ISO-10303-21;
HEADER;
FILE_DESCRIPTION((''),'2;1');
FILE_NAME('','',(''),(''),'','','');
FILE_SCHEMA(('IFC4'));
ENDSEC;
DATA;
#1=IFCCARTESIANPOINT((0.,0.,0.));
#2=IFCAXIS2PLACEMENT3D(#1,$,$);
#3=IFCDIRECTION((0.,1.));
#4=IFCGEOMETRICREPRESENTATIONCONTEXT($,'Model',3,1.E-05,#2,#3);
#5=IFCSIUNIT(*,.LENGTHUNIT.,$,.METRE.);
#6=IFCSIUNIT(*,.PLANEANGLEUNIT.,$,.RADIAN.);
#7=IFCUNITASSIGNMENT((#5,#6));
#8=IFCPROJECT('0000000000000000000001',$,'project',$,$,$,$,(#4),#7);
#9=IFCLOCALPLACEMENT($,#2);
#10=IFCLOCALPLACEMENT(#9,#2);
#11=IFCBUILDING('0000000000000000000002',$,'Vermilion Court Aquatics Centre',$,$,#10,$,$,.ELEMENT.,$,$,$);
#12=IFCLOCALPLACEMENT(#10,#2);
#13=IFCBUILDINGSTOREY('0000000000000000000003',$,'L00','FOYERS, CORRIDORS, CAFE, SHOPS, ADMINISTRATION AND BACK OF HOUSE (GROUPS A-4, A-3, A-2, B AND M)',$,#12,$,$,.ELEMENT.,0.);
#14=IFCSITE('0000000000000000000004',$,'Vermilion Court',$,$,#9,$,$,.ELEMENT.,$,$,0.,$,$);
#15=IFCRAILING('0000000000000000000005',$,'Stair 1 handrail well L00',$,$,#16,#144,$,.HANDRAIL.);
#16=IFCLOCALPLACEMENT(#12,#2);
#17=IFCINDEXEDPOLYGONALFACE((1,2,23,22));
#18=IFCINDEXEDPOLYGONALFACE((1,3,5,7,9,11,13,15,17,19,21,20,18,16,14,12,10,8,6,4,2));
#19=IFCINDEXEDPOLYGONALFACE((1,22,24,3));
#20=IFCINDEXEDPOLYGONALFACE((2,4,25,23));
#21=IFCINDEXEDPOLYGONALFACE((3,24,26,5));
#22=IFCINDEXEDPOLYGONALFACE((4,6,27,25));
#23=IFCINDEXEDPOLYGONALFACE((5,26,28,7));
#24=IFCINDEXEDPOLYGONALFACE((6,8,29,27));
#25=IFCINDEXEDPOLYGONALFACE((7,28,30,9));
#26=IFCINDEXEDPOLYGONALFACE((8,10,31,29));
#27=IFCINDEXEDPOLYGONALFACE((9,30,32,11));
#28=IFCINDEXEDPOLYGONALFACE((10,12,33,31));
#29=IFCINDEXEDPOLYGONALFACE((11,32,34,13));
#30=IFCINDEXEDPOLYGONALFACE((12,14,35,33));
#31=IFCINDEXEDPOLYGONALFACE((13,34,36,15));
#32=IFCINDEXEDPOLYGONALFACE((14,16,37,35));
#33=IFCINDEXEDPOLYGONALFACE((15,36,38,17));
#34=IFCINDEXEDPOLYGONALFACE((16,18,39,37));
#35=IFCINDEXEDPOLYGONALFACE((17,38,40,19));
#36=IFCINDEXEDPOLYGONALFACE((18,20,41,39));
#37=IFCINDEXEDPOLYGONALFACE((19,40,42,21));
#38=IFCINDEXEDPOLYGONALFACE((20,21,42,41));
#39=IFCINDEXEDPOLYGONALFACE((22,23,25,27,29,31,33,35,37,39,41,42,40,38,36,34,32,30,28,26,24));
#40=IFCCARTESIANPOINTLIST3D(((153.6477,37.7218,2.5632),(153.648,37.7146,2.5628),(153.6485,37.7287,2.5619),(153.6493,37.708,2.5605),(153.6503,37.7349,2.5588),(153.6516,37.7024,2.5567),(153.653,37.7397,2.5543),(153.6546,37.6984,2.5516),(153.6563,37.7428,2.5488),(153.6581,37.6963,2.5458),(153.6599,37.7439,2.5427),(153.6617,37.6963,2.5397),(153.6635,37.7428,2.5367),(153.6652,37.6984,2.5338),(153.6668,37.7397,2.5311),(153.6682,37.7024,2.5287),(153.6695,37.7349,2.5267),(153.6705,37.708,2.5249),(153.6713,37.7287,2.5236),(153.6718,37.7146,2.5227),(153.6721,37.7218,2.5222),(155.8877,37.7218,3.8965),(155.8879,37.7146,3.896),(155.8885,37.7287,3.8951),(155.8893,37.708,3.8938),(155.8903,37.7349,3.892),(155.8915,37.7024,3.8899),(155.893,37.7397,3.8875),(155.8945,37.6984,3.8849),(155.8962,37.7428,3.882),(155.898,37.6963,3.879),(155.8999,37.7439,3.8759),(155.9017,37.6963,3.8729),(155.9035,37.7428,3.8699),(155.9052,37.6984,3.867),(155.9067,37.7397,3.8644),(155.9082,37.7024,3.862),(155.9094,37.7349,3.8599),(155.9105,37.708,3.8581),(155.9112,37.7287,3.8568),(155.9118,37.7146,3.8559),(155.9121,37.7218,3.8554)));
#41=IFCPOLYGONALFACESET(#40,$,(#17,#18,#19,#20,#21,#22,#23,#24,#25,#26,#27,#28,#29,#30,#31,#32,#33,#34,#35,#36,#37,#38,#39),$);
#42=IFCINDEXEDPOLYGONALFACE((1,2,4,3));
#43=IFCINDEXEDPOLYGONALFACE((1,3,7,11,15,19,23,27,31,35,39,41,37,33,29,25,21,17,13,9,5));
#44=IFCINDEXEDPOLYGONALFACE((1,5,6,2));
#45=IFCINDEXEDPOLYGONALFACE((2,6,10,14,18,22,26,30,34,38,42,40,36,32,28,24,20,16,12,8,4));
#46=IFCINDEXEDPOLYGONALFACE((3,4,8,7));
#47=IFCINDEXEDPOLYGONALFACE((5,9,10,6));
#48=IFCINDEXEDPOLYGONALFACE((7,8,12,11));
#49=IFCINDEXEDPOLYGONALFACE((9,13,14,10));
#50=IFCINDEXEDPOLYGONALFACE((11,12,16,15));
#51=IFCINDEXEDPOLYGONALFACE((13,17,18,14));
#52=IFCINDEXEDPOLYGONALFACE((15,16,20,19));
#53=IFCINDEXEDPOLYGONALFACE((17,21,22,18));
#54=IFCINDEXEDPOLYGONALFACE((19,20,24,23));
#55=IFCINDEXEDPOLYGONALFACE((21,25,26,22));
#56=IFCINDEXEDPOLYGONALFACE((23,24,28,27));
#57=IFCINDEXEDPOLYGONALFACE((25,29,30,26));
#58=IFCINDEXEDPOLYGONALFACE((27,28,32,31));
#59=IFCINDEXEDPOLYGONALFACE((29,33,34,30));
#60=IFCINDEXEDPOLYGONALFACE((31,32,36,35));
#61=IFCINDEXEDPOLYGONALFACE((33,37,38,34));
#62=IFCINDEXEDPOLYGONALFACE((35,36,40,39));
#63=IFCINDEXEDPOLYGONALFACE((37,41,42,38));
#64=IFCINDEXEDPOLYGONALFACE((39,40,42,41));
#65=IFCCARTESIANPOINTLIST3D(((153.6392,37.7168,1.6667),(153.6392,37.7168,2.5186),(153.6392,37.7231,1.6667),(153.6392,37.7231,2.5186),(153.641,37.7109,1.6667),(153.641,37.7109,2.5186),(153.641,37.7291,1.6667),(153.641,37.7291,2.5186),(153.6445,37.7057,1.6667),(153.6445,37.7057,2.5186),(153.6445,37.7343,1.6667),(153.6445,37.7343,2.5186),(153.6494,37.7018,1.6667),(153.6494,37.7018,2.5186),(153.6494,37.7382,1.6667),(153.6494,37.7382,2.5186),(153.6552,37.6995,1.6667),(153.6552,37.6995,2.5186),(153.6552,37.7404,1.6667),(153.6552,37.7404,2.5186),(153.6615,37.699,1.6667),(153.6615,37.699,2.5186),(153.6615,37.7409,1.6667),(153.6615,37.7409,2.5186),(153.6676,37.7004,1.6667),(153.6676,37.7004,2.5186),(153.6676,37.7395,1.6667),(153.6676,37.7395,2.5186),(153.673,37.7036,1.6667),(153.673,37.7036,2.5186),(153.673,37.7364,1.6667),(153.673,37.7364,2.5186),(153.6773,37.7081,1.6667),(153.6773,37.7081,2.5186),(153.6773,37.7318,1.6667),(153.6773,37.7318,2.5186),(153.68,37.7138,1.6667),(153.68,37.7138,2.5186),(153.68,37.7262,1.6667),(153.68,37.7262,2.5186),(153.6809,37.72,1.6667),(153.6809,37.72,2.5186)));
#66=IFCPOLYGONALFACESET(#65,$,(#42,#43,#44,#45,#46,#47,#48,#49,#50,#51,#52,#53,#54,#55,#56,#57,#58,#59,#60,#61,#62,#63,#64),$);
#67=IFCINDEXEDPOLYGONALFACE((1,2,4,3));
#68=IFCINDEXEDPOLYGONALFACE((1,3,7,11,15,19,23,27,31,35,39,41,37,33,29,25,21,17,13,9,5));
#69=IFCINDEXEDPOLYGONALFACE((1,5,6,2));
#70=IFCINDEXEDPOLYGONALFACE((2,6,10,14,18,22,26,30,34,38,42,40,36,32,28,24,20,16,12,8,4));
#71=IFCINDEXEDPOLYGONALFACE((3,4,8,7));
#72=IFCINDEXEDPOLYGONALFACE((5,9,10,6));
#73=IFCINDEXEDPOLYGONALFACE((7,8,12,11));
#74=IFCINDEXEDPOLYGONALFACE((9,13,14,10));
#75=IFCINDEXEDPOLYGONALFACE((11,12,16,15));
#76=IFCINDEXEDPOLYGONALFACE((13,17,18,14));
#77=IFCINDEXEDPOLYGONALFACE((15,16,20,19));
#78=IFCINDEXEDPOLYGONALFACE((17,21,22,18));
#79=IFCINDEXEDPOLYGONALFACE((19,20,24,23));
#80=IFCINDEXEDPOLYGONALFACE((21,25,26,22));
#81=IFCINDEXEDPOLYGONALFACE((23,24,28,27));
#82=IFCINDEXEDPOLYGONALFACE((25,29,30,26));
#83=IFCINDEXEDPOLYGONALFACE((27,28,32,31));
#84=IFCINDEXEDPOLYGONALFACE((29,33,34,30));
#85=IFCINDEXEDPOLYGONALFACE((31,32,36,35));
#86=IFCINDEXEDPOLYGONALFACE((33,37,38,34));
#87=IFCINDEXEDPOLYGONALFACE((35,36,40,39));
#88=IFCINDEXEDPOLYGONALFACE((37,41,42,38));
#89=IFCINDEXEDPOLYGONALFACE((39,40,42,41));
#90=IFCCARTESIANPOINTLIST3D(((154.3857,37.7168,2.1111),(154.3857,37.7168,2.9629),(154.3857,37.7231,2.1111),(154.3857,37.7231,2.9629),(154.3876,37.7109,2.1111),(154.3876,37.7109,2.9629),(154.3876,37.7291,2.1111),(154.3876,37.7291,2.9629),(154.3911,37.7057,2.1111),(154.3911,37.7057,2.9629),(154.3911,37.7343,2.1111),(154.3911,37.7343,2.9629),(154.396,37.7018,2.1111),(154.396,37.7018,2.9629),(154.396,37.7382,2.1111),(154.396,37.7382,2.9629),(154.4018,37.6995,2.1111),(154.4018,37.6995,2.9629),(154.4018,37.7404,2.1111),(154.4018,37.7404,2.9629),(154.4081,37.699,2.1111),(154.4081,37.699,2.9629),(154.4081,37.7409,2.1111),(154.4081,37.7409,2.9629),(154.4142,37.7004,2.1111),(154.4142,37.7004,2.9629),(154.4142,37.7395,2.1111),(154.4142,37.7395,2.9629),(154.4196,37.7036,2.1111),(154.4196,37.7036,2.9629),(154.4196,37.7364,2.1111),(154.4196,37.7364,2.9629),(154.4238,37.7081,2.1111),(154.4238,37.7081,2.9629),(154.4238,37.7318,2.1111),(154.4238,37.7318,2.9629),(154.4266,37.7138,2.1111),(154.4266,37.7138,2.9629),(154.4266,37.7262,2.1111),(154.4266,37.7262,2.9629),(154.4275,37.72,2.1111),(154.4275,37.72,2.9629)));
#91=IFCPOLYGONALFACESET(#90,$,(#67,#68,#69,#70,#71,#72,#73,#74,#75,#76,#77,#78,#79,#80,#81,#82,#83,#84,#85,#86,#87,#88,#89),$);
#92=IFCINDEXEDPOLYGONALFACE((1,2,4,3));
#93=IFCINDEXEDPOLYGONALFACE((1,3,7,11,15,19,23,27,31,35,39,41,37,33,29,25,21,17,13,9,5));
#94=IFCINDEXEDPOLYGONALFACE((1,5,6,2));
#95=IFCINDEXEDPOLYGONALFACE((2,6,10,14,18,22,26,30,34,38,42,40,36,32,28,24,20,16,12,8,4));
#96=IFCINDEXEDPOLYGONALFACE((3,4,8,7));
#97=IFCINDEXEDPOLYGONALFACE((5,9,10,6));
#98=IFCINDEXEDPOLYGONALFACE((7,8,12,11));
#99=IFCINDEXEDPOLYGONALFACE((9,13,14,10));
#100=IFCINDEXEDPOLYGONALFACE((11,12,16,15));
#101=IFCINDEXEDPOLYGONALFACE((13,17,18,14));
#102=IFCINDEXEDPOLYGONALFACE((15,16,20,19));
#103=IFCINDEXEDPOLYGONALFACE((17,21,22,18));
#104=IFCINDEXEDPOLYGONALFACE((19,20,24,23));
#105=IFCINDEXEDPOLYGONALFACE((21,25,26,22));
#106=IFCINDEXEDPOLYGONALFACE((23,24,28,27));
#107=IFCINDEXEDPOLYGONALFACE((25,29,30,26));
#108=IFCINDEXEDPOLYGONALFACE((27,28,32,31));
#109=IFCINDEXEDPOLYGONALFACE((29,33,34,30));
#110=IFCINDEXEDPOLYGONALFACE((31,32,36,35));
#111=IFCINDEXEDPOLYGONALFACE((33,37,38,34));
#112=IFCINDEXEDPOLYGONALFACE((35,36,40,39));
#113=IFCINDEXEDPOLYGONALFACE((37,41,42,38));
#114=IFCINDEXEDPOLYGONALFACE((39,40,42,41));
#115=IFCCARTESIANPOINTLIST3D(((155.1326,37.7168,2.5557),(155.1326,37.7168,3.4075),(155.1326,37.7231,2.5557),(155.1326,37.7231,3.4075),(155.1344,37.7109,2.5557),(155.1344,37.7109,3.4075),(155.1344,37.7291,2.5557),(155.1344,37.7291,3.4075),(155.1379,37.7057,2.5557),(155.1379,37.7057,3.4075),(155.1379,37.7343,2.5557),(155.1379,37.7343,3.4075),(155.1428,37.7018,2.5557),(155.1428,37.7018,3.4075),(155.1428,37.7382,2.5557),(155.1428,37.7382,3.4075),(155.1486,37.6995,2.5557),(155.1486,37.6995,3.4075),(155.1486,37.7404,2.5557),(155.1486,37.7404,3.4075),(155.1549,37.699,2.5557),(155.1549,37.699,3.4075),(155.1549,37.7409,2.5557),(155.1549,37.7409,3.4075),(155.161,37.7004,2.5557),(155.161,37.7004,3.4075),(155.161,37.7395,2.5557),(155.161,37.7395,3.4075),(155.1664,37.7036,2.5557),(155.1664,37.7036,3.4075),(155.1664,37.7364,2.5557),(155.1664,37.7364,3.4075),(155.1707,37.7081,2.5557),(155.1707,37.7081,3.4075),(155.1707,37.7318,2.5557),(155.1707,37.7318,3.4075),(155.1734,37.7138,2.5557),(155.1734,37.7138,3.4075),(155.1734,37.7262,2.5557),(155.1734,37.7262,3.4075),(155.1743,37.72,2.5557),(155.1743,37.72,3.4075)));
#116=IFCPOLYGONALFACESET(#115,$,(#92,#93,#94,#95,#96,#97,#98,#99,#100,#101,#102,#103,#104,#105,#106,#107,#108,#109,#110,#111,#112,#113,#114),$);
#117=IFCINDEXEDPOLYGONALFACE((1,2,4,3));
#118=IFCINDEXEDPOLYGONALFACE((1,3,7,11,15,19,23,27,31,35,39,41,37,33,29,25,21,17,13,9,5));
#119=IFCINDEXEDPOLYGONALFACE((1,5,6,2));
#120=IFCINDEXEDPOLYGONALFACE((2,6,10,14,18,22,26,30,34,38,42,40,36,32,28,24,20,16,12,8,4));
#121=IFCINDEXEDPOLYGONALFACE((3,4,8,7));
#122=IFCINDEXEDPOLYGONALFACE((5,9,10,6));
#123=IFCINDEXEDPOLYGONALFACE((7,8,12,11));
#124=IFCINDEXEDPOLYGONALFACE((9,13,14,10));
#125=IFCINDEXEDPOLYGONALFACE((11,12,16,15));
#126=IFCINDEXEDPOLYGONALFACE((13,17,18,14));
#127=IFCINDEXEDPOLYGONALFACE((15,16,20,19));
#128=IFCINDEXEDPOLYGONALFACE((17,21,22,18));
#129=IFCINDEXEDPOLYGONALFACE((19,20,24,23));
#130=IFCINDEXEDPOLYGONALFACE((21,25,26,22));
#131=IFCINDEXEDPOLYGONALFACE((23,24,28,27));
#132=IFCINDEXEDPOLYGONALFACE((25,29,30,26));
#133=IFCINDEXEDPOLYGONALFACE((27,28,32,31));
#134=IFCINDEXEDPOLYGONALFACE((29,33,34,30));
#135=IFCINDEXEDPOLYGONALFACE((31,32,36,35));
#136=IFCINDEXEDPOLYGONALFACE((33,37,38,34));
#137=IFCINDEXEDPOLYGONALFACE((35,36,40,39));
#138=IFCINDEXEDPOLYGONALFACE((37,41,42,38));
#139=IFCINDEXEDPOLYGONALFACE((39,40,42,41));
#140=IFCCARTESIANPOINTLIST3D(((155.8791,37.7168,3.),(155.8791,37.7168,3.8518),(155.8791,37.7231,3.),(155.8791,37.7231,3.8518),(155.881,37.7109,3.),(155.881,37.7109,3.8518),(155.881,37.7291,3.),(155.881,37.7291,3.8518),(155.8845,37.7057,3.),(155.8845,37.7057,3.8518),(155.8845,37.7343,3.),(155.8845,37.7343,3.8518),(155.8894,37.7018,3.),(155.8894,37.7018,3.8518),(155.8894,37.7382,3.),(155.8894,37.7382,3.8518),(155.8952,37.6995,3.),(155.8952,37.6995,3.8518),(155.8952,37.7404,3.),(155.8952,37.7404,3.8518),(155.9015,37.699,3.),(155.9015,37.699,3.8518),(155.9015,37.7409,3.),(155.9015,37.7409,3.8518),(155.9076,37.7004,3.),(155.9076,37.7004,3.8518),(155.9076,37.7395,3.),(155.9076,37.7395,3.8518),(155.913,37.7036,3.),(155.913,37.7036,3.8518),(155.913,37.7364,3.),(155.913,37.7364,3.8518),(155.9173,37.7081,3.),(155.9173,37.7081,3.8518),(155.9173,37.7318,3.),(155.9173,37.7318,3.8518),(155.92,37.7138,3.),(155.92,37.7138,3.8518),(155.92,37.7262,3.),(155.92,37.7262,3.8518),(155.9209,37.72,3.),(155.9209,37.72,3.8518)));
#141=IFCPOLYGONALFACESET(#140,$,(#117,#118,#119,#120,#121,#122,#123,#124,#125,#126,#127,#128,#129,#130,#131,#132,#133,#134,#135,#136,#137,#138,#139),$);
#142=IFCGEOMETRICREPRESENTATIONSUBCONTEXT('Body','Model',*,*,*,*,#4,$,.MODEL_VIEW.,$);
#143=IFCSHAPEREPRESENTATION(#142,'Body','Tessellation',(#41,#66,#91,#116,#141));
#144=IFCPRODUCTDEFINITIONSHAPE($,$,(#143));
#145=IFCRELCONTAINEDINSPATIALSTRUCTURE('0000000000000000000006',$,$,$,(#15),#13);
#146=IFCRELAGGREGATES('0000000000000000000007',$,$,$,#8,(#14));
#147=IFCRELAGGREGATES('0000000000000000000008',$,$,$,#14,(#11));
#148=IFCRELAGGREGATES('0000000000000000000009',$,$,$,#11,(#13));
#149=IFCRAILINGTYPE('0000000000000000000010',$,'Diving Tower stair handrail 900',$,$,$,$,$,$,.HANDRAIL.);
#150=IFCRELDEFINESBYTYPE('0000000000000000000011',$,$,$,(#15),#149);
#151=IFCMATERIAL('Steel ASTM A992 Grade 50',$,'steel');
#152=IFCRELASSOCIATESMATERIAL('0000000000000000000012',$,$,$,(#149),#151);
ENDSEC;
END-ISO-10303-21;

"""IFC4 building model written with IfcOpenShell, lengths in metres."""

from ifc_helpers import new_model, si_unit, direction, frame, origin, origin_2d, place, context, subcontext, project, spatial, circle, extrude, material, type_object, element, save


model = new_model("IFC4")

# Units and contexts
model_context = context("Model", 3, precision=1e-05, world=origin(), true_north=direction((0.0, 1.0)))
body_context = subcontext(model_context, "Body", "Model", "MODEL_VIEW")
ifc_project = project(units=[si_unit("LENGTHUNIT", "METRE"), si_unit("PLANEANGLEUNIT", "RADIAN")], contexts=[model_context])

# Site, building, storey
site_placement = place(None, origin())
site = spatial("IfcSite", under=ifc_project, at=site_placement, Name="Vermilion Court", CompositionType="ELEMENT", RefElevation=0.0)
building_placement = place(site_placement, origin())
building = spatial("IfcBuilding", under=site, at=building_placement, Name="Vermilion Court Aquatics Centre", CompositionType="ELEMENT")
storey_placement = place(building_placement, origin())
storey = spatial("IfcBuildingStorey", under=building, at=storey_placement, Name="L00", Description="FOYERS, CORRIDORS, CAFE, SHOPS, ADMINISTRATION AND BACK OF HOUSE (GROUPS A-4, A-3, A-2, B AND M)", CompositionType="ELEMENT", Elevation=0.0)

# Railing
ifc_material_1 = material(Name="Steel ASTM A992 Grade 50", Category="steel")
railing_type = type_object("IfcRailingType", Name="Diving Tower stair handrail 900", PredefinedType="HANDRAIL", material=ifc_material_1)
for number, where, name in (
    (1, (153.6599, 37.72, 1.6667), "Stair 1 handrail well L00"),
):
    element("IfcRailing", number, at=place(storey_placement, frame(where)), inside=storey, type_object=railing_type, Name=name, PredefinedType="HANDRAIL", context=body_context, shape_type="SweptSolid", body=[
        extrude(circle(Radius=0.0239, at=origin_2d()), frame((0.0, 0.0, 0.876), z_axis=(0.859306, 0.0, 0.511462), x_axis=(0.0, 1.0, 0.0)), (0.0, 0.0, 1.0), 2.6067),
        extrude(circle(Radius=0.021, at=origin_2d()), origin(), (0.0, 0.0, 1.0), 0.8518),
        extrude(circle(Radius=0.021, at=origin_2d()), frame((0.7466, 0.0, 0.4443)), (0.0, 0.0, 1.0), 0.8518),
        extrude(circle(Radius=0.021, at=origin_2d()), frame((1.4934, 0.0, 0.8889)), (0.0, 0.0, 1.0), 0.8518),
        extrude(circle(Radius=0.021, at=origin_2d()), frame((2.24, 0.0, 1.3333)), (0.0, 0.0, 1.0), 0.8518),
    ])

save(model, "model.ifc")
